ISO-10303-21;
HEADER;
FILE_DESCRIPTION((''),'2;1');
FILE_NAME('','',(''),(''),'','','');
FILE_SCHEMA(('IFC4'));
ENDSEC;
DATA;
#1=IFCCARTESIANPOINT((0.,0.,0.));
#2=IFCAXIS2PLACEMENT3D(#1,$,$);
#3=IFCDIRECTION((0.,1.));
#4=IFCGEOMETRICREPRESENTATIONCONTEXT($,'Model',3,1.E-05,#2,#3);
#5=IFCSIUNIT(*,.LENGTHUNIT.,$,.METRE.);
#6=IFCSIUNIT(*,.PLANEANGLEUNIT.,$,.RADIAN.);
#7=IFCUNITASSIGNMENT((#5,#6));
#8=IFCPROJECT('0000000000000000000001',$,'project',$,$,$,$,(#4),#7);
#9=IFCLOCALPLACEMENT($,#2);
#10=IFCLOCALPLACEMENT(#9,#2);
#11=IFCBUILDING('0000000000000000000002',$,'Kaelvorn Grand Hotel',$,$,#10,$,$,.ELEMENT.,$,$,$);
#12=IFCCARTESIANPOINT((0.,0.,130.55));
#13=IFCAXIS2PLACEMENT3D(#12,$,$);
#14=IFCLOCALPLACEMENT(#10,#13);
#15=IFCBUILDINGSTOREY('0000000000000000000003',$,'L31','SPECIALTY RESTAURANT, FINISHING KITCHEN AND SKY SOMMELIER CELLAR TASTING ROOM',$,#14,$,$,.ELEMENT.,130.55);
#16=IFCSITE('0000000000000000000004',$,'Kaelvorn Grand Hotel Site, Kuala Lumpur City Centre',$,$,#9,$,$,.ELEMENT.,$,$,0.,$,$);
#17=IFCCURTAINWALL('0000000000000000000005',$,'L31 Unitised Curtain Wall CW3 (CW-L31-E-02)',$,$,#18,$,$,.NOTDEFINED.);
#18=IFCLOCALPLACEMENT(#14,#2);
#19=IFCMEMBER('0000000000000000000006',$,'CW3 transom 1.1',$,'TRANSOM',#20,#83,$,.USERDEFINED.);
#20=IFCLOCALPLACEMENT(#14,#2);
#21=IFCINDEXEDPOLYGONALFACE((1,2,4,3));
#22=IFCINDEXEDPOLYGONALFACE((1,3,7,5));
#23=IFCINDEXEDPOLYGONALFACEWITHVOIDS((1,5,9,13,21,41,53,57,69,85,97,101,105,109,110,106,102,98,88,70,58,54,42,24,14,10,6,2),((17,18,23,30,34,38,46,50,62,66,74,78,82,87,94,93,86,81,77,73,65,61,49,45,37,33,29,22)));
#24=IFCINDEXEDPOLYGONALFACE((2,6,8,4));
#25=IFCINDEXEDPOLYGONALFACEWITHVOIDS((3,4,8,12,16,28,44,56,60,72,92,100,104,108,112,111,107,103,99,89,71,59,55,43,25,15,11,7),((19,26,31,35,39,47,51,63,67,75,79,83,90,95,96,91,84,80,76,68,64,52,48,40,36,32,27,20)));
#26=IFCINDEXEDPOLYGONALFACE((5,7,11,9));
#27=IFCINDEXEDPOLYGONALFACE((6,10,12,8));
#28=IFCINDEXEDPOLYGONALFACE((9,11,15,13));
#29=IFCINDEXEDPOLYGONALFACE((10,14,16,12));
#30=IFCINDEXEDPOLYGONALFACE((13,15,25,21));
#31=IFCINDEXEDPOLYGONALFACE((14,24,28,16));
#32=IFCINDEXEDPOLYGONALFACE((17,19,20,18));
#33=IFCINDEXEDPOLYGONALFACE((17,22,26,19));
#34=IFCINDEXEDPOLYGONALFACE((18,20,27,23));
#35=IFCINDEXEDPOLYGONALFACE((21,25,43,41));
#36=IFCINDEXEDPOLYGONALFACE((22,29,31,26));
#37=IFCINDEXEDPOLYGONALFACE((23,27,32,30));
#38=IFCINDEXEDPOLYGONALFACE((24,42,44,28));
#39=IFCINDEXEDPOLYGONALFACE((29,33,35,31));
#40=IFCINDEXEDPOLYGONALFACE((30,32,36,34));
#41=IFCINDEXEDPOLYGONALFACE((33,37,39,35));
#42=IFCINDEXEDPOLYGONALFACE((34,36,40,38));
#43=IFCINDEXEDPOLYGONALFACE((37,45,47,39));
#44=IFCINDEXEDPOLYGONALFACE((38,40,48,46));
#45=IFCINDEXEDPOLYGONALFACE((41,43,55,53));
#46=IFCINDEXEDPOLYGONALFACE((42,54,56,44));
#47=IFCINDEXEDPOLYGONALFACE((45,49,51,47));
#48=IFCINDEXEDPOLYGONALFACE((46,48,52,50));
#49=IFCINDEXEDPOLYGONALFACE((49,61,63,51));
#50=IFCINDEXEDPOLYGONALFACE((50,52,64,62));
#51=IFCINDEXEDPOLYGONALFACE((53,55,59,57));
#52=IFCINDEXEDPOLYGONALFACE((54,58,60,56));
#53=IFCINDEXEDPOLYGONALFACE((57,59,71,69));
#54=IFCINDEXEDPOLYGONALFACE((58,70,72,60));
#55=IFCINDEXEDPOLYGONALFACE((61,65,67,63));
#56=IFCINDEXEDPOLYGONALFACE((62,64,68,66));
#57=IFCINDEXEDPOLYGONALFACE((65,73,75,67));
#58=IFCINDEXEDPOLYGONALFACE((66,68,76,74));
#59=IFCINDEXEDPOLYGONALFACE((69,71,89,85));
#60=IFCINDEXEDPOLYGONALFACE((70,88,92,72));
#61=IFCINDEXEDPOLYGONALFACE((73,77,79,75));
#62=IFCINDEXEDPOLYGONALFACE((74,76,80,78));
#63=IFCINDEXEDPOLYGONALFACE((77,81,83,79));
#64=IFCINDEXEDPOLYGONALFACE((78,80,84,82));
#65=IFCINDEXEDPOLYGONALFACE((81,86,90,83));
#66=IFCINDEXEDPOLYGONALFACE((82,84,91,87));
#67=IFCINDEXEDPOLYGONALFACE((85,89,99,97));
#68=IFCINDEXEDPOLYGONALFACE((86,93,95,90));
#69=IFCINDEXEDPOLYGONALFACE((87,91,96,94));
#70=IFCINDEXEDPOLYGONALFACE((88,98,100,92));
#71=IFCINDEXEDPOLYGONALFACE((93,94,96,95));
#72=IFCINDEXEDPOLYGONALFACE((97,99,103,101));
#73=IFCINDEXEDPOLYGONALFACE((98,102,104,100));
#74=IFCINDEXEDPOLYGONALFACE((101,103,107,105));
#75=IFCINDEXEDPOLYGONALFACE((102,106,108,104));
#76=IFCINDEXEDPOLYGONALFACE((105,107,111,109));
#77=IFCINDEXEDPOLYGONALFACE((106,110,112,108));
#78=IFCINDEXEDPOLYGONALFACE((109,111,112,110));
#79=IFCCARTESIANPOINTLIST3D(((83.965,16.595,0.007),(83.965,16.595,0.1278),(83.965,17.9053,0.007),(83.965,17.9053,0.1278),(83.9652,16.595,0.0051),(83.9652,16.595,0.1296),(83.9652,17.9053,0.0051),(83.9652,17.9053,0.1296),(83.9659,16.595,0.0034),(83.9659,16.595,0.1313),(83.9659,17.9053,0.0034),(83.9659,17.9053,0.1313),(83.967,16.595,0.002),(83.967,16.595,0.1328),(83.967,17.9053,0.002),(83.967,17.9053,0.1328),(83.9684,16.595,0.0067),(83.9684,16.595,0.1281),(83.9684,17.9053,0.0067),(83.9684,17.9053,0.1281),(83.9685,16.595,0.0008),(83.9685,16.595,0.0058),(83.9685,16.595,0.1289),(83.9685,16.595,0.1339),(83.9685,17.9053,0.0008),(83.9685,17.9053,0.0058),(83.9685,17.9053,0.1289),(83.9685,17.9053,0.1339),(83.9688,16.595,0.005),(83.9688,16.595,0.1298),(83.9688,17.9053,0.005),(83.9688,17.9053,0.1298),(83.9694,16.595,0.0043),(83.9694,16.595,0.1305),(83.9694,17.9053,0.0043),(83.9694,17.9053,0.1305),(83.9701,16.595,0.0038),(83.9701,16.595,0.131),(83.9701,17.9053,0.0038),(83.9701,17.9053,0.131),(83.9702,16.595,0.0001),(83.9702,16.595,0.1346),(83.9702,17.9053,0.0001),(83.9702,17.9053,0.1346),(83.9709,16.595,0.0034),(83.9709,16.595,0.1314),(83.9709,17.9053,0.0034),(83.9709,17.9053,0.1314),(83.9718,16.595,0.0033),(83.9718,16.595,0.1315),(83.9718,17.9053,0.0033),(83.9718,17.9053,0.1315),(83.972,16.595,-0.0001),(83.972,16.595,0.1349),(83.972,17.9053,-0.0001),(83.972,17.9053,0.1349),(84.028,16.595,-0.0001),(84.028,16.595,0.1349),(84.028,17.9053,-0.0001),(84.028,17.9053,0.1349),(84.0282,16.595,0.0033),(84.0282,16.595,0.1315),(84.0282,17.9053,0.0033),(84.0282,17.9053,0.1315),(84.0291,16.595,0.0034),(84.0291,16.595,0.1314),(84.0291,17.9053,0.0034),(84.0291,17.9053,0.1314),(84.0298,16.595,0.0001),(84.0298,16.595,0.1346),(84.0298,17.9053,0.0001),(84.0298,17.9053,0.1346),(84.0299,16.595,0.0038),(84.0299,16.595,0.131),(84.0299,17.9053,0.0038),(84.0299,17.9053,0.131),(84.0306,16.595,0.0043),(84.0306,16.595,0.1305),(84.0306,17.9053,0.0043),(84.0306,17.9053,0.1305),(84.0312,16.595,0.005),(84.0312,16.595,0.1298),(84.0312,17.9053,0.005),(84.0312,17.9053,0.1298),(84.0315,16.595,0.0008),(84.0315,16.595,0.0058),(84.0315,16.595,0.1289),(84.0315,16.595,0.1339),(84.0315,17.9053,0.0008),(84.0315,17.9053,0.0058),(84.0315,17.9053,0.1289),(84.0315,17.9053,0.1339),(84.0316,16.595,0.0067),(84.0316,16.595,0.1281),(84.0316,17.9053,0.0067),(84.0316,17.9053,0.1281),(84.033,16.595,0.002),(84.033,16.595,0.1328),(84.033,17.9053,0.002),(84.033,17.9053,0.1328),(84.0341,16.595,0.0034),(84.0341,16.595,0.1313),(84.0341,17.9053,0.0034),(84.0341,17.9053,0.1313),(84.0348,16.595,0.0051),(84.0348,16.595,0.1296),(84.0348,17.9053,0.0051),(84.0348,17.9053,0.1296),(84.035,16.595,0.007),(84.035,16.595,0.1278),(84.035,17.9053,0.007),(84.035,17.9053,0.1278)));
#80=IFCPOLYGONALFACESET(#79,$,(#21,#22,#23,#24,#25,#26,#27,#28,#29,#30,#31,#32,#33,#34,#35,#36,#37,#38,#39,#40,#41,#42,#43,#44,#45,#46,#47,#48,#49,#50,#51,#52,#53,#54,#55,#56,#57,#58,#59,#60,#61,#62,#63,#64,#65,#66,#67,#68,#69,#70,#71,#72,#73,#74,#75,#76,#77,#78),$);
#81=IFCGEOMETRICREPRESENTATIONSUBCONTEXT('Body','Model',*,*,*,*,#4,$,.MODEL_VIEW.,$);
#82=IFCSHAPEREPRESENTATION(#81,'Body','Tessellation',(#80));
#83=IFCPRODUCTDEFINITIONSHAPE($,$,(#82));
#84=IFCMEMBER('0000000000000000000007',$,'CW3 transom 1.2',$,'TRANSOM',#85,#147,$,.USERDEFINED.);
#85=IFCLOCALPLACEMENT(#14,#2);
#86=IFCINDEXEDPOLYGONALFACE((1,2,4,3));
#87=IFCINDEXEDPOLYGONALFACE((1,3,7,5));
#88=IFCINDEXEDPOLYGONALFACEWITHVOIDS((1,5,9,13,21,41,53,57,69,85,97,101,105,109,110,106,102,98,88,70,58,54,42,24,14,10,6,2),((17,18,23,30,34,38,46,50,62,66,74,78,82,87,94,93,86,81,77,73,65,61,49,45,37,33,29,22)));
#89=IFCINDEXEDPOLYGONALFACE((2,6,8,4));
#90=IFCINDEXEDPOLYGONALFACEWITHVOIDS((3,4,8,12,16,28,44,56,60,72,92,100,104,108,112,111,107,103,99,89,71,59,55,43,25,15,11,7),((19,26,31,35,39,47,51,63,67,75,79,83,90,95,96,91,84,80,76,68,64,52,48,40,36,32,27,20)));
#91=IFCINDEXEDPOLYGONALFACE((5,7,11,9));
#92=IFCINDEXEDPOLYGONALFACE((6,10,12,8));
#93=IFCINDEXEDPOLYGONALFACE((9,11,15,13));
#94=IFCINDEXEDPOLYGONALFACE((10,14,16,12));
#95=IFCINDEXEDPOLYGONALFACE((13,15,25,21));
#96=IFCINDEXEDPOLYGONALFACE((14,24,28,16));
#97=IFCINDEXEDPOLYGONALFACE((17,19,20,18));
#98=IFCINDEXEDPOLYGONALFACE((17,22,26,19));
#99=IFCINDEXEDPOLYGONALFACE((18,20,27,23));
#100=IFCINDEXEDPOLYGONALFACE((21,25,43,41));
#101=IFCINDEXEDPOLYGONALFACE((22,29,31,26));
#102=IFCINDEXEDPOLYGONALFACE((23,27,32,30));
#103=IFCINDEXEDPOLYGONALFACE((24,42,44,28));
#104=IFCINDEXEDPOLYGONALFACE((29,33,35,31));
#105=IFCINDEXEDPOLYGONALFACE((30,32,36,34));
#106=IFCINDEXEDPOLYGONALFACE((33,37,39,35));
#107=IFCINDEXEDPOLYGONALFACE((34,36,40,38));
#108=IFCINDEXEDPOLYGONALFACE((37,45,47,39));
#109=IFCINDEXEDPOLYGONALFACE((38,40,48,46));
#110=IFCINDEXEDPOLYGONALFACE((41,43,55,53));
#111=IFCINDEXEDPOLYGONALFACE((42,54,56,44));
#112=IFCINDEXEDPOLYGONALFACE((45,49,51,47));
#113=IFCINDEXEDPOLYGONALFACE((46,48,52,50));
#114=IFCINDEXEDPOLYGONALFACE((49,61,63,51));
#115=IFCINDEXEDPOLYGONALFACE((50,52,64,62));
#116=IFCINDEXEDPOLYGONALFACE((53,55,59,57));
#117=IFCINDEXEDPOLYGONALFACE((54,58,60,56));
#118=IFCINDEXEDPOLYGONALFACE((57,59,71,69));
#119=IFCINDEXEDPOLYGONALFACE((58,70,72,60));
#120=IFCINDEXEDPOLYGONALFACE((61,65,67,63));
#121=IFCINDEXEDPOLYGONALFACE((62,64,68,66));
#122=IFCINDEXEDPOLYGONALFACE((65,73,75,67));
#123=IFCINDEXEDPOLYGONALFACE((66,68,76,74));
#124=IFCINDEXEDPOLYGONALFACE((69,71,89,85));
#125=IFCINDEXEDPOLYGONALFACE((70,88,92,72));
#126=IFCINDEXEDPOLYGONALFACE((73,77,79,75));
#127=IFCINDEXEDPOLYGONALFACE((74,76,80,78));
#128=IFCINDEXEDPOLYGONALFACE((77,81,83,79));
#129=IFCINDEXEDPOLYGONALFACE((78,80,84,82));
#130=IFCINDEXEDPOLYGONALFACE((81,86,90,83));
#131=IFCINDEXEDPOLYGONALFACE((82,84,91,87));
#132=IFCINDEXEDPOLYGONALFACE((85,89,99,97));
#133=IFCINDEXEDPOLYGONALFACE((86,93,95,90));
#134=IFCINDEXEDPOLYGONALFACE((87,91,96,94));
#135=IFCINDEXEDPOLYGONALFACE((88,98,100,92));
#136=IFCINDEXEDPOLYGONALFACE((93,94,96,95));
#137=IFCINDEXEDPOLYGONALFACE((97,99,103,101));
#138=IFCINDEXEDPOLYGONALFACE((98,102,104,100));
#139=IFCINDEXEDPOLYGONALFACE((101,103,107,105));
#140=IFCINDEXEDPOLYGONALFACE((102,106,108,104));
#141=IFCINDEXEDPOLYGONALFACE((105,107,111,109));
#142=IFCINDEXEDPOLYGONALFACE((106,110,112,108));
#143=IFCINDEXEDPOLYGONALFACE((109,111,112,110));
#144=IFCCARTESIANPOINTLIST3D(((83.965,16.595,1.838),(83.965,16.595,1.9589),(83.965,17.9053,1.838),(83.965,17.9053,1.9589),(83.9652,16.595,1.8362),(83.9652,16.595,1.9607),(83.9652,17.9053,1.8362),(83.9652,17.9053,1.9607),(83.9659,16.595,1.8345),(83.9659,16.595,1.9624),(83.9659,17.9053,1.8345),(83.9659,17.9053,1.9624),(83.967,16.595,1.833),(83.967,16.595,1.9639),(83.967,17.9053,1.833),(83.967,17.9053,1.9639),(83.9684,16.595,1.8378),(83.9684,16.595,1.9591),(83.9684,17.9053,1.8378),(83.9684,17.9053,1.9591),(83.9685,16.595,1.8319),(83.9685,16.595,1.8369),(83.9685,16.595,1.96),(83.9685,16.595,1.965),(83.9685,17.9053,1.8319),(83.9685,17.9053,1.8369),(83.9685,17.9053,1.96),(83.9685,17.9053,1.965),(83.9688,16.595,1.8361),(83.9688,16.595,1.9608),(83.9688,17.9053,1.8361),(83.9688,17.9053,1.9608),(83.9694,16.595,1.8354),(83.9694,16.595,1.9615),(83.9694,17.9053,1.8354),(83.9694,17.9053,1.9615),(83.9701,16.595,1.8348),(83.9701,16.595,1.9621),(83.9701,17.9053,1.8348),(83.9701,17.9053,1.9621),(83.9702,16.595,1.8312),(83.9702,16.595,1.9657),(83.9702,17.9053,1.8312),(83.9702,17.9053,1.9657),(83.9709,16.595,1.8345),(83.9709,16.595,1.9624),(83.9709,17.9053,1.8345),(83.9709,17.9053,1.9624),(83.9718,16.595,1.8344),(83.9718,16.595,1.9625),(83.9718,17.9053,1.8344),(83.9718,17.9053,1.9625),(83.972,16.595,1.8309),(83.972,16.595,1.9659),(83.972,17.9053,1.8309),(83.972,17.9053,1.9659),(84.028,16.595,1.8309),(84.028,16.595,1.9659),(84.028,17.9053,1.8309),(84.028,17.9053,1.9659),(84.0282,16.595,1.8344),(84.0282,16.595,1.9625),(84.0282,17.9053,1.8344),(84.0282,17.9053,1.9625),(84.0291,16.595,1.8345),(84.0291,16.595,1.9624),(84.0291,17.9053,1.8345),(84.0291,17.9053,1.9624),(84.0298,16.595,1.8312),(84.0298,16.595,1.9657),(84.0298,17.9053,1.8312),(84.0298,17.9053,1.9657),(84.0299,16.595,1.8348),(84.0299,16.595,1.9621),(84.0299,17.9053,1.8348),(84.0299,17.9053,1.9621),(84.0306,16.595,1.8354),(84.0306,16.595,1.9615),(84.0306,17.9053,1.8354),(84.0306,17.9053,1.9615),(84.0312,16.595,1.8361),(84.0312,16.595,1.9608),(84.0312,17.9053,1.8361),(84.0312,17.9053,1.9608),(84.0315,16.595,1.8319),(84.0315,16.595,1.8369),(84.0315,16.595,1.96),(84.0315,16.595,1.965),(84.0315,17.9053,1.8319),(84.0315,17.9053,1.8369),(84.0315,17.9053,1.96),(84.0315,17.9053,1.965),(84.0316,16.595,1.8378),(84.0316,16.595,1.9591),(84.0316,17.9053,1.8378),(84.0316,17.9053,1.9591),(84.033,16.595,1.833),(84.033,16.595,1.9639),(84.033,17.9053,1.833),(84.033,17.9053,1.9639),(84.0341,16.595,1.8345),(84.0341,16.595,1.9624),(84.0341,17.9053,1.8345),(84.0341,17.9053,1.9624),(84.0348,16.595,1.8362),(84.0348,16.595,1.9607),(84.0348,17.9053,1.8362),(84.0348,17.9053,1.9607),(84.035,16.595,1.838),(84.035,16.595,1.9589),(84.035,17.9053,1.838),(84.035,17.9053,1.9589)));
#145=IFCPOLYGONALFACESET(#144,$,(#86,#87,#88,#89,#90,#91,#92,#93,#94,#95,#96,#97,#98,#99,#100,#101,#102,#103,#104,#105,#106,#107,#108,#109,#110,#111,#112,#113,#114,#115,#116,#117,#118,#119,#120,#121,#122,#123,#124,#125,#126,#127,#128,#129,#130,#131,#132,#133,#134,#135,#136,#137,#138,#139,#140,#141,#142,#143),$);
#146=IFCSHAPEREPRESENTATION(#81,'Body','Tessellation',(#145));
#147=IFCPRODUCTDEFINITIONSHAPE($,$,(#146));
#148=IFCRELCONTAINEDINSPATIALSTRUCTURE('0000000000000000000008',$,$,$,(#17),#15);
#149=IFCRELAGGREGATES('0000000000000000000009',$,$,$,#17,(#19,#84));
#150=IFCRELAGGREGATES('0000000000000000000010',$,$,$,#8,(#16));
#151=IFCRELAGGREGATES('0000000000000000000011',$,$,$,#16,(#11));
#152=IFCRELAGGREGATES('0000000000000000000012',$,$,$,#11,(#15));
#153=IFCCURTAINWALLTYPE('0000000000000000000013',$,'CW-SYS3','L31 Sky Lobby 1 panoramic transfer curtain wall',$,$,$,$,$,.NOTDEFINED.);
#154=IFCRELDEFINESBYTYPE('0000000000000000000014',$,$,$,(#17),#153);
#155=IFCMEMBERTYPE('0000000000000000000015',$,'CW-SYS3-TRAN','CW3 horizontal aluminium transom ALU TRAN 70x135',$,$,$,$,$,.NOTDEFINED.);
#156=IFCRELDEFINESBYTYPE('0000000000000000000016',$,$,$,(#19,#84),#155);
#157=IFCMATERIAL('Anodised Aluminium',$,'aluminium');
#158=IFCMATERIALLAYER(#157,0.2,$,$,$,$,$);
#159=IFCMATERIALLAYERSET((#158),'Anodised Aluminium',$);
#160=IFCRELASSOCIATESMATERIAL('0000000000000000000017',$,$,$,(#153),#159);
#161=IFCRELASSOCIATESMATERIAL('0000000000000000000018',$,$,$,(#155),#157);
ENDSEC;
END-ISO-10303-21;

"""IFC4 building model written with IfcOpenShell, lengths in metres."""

from ifc_helpers import new_model, si_unit, direction, frame, origin, origin_2d, place, context, subcontext, project, spatial, hollow_rectangle, extrude, material, layer, layer_set, material_profile, profile_set, type_object, element, aggregate, save


model = new_model("IFC4")

# Units and contexts
model_context = context("Model", 3, precision=1e-05, world=origin(), true_north=direction((0.0, 1.0)))
body_context = subcontext(model_context, "Body", "Model", "MODEL_VIEW")
ifc_project = project(units=[si_unit("LENGTHUNIT", "METRE"), si_unit("PLANEANGLEUNIT", "RADIAN")], contexts=[model_context])

# Site, building, storey
site_placement = place(None, origin())
site = spatial("IfcSite", under=ifc_project, at=site_placement, Name="Kaelvorn Grand Hotel Site, Kuala Lumpur City Centre", CompositionType="ELEMENT", RefElevation=0.0)
building_placement = place(site_placement, origin())
building = spatial("IfcBuilding", under=site, at=building_placement, Name="Kaelvorn Grand Hotel", CompositionType="ELEMENT")
storey_placement = place(building_placement, frame((0.0, 0.0, 130.55)))
storey = spatial("IfcBuildingStorey", under=building, at=storey_placement, Name="L31", Description="SPECIALTY RESTAURANT, FINISHING KITCHEN AND SKY SOMMELIER CELLAR TASTING ROOM", CompositionType="ELEMENT", Elevation=130.55)

# Shared definitions
ifc_material_1 = material(Name="Anodised Aluminium", Category="aluminium")
ifc_layer_1 = layer(ifc_material_1, 0.2)
ifc_layer_set_1 = layer_set([ifc_layer_1], Name="Anodised Aluminium")
curtain_wall_type = type_object("IfcCurtainWallType", Name="CW-SYS3", Description="L31 Sky Lobby 1 panoramic transfer curtain wall", PredefinedType="NOTDEFINED", material=ifc_layer_set_1)

# Curtain wall, members
curtain_wall_1_placement = place(storey_placement, origin())
curtain_wall_1 = element("IfcCurtainWall", 1, at=curtain_wall_1_placement, inside=storey, type_object=curtain_wall_type, Name="L31 Unitised Curtain Wall CW3 (CW-L31-E-02)", PredefinedType="NOTDEFINED")
ifc_material_profile_1 = material_profile(ifc_material_1, hollow_rectangle(XDim=0.0701, YDim=0.135, WallThickness=0.0034, InnerFilletRadius=0.0034, OuterFilletRadius=0.0071, at=origin_2d()), Name="ALU TRAN 70x135")
ifc_profile_set_1 = profile_set([ifc_material_profile_1], Name="Anodised Aluminium")
member_type_1 = type_object("IfcMemberType", Name="CW-SYS3-TRAN", Description="CW3 horizontal aluminium transom ALU TRAN 70x135", PredefinedType="NOTDEFINED", material=ifc_profile_set_1)
member_1_placement = place(storey_placement, frame((84.0, 16.595, 0.0674), z_axis=(0.0, 1.0, 0.0), x_axis=(-1.0, 0.0, 0.0)))
member_1 = element("IfcMember", 2, at=member_1_placement, type_object=member_type_1, Name="CW3 transom 1.1", ObjectType="TRANSOM", PredefinedType="USERDEFINED", context=body_context, shape_type="SweptSolid", body=[
    extrude(hollow_rectangle(XDim=0.0701, YDim=0.135, WallThickness=0.0034, InnerFilletRadius=0.0034, OuterFilletRadius=0.0071, at=origin_2d()), origin(), (0.0, 0.0, 1.0), 1.3103),
])
member_2_placement = place(storey_placement, frame((84.0, 16.595, 1.8984), z_axis=(0.0, 1.0, 0.0), x_axis=(-1.0, 0.0, 0.0)))
member_2 = element("IfcMember", 3, at=member_2_placement, type_object=member_type_1, Name="CW3 transom 1.2", ObjectType="TRANSOM", PredefinedType="USERDEFINED", context=body_context, shape_type="SweptSolid", body=[
    extrude(hollow_rectangle(XDim=0.0701, YDim=0.135, WallThickness=0.0034, InnerFilletRadius=0.0034, OuterFilletRadius=0.0071, at=origin_2d()), origin(), (0.0, 0.0, 1.0), 1.3103),
])

aggregate(curtain_wall_1, [member_1, member_2])

save(model, "model.ifc")
